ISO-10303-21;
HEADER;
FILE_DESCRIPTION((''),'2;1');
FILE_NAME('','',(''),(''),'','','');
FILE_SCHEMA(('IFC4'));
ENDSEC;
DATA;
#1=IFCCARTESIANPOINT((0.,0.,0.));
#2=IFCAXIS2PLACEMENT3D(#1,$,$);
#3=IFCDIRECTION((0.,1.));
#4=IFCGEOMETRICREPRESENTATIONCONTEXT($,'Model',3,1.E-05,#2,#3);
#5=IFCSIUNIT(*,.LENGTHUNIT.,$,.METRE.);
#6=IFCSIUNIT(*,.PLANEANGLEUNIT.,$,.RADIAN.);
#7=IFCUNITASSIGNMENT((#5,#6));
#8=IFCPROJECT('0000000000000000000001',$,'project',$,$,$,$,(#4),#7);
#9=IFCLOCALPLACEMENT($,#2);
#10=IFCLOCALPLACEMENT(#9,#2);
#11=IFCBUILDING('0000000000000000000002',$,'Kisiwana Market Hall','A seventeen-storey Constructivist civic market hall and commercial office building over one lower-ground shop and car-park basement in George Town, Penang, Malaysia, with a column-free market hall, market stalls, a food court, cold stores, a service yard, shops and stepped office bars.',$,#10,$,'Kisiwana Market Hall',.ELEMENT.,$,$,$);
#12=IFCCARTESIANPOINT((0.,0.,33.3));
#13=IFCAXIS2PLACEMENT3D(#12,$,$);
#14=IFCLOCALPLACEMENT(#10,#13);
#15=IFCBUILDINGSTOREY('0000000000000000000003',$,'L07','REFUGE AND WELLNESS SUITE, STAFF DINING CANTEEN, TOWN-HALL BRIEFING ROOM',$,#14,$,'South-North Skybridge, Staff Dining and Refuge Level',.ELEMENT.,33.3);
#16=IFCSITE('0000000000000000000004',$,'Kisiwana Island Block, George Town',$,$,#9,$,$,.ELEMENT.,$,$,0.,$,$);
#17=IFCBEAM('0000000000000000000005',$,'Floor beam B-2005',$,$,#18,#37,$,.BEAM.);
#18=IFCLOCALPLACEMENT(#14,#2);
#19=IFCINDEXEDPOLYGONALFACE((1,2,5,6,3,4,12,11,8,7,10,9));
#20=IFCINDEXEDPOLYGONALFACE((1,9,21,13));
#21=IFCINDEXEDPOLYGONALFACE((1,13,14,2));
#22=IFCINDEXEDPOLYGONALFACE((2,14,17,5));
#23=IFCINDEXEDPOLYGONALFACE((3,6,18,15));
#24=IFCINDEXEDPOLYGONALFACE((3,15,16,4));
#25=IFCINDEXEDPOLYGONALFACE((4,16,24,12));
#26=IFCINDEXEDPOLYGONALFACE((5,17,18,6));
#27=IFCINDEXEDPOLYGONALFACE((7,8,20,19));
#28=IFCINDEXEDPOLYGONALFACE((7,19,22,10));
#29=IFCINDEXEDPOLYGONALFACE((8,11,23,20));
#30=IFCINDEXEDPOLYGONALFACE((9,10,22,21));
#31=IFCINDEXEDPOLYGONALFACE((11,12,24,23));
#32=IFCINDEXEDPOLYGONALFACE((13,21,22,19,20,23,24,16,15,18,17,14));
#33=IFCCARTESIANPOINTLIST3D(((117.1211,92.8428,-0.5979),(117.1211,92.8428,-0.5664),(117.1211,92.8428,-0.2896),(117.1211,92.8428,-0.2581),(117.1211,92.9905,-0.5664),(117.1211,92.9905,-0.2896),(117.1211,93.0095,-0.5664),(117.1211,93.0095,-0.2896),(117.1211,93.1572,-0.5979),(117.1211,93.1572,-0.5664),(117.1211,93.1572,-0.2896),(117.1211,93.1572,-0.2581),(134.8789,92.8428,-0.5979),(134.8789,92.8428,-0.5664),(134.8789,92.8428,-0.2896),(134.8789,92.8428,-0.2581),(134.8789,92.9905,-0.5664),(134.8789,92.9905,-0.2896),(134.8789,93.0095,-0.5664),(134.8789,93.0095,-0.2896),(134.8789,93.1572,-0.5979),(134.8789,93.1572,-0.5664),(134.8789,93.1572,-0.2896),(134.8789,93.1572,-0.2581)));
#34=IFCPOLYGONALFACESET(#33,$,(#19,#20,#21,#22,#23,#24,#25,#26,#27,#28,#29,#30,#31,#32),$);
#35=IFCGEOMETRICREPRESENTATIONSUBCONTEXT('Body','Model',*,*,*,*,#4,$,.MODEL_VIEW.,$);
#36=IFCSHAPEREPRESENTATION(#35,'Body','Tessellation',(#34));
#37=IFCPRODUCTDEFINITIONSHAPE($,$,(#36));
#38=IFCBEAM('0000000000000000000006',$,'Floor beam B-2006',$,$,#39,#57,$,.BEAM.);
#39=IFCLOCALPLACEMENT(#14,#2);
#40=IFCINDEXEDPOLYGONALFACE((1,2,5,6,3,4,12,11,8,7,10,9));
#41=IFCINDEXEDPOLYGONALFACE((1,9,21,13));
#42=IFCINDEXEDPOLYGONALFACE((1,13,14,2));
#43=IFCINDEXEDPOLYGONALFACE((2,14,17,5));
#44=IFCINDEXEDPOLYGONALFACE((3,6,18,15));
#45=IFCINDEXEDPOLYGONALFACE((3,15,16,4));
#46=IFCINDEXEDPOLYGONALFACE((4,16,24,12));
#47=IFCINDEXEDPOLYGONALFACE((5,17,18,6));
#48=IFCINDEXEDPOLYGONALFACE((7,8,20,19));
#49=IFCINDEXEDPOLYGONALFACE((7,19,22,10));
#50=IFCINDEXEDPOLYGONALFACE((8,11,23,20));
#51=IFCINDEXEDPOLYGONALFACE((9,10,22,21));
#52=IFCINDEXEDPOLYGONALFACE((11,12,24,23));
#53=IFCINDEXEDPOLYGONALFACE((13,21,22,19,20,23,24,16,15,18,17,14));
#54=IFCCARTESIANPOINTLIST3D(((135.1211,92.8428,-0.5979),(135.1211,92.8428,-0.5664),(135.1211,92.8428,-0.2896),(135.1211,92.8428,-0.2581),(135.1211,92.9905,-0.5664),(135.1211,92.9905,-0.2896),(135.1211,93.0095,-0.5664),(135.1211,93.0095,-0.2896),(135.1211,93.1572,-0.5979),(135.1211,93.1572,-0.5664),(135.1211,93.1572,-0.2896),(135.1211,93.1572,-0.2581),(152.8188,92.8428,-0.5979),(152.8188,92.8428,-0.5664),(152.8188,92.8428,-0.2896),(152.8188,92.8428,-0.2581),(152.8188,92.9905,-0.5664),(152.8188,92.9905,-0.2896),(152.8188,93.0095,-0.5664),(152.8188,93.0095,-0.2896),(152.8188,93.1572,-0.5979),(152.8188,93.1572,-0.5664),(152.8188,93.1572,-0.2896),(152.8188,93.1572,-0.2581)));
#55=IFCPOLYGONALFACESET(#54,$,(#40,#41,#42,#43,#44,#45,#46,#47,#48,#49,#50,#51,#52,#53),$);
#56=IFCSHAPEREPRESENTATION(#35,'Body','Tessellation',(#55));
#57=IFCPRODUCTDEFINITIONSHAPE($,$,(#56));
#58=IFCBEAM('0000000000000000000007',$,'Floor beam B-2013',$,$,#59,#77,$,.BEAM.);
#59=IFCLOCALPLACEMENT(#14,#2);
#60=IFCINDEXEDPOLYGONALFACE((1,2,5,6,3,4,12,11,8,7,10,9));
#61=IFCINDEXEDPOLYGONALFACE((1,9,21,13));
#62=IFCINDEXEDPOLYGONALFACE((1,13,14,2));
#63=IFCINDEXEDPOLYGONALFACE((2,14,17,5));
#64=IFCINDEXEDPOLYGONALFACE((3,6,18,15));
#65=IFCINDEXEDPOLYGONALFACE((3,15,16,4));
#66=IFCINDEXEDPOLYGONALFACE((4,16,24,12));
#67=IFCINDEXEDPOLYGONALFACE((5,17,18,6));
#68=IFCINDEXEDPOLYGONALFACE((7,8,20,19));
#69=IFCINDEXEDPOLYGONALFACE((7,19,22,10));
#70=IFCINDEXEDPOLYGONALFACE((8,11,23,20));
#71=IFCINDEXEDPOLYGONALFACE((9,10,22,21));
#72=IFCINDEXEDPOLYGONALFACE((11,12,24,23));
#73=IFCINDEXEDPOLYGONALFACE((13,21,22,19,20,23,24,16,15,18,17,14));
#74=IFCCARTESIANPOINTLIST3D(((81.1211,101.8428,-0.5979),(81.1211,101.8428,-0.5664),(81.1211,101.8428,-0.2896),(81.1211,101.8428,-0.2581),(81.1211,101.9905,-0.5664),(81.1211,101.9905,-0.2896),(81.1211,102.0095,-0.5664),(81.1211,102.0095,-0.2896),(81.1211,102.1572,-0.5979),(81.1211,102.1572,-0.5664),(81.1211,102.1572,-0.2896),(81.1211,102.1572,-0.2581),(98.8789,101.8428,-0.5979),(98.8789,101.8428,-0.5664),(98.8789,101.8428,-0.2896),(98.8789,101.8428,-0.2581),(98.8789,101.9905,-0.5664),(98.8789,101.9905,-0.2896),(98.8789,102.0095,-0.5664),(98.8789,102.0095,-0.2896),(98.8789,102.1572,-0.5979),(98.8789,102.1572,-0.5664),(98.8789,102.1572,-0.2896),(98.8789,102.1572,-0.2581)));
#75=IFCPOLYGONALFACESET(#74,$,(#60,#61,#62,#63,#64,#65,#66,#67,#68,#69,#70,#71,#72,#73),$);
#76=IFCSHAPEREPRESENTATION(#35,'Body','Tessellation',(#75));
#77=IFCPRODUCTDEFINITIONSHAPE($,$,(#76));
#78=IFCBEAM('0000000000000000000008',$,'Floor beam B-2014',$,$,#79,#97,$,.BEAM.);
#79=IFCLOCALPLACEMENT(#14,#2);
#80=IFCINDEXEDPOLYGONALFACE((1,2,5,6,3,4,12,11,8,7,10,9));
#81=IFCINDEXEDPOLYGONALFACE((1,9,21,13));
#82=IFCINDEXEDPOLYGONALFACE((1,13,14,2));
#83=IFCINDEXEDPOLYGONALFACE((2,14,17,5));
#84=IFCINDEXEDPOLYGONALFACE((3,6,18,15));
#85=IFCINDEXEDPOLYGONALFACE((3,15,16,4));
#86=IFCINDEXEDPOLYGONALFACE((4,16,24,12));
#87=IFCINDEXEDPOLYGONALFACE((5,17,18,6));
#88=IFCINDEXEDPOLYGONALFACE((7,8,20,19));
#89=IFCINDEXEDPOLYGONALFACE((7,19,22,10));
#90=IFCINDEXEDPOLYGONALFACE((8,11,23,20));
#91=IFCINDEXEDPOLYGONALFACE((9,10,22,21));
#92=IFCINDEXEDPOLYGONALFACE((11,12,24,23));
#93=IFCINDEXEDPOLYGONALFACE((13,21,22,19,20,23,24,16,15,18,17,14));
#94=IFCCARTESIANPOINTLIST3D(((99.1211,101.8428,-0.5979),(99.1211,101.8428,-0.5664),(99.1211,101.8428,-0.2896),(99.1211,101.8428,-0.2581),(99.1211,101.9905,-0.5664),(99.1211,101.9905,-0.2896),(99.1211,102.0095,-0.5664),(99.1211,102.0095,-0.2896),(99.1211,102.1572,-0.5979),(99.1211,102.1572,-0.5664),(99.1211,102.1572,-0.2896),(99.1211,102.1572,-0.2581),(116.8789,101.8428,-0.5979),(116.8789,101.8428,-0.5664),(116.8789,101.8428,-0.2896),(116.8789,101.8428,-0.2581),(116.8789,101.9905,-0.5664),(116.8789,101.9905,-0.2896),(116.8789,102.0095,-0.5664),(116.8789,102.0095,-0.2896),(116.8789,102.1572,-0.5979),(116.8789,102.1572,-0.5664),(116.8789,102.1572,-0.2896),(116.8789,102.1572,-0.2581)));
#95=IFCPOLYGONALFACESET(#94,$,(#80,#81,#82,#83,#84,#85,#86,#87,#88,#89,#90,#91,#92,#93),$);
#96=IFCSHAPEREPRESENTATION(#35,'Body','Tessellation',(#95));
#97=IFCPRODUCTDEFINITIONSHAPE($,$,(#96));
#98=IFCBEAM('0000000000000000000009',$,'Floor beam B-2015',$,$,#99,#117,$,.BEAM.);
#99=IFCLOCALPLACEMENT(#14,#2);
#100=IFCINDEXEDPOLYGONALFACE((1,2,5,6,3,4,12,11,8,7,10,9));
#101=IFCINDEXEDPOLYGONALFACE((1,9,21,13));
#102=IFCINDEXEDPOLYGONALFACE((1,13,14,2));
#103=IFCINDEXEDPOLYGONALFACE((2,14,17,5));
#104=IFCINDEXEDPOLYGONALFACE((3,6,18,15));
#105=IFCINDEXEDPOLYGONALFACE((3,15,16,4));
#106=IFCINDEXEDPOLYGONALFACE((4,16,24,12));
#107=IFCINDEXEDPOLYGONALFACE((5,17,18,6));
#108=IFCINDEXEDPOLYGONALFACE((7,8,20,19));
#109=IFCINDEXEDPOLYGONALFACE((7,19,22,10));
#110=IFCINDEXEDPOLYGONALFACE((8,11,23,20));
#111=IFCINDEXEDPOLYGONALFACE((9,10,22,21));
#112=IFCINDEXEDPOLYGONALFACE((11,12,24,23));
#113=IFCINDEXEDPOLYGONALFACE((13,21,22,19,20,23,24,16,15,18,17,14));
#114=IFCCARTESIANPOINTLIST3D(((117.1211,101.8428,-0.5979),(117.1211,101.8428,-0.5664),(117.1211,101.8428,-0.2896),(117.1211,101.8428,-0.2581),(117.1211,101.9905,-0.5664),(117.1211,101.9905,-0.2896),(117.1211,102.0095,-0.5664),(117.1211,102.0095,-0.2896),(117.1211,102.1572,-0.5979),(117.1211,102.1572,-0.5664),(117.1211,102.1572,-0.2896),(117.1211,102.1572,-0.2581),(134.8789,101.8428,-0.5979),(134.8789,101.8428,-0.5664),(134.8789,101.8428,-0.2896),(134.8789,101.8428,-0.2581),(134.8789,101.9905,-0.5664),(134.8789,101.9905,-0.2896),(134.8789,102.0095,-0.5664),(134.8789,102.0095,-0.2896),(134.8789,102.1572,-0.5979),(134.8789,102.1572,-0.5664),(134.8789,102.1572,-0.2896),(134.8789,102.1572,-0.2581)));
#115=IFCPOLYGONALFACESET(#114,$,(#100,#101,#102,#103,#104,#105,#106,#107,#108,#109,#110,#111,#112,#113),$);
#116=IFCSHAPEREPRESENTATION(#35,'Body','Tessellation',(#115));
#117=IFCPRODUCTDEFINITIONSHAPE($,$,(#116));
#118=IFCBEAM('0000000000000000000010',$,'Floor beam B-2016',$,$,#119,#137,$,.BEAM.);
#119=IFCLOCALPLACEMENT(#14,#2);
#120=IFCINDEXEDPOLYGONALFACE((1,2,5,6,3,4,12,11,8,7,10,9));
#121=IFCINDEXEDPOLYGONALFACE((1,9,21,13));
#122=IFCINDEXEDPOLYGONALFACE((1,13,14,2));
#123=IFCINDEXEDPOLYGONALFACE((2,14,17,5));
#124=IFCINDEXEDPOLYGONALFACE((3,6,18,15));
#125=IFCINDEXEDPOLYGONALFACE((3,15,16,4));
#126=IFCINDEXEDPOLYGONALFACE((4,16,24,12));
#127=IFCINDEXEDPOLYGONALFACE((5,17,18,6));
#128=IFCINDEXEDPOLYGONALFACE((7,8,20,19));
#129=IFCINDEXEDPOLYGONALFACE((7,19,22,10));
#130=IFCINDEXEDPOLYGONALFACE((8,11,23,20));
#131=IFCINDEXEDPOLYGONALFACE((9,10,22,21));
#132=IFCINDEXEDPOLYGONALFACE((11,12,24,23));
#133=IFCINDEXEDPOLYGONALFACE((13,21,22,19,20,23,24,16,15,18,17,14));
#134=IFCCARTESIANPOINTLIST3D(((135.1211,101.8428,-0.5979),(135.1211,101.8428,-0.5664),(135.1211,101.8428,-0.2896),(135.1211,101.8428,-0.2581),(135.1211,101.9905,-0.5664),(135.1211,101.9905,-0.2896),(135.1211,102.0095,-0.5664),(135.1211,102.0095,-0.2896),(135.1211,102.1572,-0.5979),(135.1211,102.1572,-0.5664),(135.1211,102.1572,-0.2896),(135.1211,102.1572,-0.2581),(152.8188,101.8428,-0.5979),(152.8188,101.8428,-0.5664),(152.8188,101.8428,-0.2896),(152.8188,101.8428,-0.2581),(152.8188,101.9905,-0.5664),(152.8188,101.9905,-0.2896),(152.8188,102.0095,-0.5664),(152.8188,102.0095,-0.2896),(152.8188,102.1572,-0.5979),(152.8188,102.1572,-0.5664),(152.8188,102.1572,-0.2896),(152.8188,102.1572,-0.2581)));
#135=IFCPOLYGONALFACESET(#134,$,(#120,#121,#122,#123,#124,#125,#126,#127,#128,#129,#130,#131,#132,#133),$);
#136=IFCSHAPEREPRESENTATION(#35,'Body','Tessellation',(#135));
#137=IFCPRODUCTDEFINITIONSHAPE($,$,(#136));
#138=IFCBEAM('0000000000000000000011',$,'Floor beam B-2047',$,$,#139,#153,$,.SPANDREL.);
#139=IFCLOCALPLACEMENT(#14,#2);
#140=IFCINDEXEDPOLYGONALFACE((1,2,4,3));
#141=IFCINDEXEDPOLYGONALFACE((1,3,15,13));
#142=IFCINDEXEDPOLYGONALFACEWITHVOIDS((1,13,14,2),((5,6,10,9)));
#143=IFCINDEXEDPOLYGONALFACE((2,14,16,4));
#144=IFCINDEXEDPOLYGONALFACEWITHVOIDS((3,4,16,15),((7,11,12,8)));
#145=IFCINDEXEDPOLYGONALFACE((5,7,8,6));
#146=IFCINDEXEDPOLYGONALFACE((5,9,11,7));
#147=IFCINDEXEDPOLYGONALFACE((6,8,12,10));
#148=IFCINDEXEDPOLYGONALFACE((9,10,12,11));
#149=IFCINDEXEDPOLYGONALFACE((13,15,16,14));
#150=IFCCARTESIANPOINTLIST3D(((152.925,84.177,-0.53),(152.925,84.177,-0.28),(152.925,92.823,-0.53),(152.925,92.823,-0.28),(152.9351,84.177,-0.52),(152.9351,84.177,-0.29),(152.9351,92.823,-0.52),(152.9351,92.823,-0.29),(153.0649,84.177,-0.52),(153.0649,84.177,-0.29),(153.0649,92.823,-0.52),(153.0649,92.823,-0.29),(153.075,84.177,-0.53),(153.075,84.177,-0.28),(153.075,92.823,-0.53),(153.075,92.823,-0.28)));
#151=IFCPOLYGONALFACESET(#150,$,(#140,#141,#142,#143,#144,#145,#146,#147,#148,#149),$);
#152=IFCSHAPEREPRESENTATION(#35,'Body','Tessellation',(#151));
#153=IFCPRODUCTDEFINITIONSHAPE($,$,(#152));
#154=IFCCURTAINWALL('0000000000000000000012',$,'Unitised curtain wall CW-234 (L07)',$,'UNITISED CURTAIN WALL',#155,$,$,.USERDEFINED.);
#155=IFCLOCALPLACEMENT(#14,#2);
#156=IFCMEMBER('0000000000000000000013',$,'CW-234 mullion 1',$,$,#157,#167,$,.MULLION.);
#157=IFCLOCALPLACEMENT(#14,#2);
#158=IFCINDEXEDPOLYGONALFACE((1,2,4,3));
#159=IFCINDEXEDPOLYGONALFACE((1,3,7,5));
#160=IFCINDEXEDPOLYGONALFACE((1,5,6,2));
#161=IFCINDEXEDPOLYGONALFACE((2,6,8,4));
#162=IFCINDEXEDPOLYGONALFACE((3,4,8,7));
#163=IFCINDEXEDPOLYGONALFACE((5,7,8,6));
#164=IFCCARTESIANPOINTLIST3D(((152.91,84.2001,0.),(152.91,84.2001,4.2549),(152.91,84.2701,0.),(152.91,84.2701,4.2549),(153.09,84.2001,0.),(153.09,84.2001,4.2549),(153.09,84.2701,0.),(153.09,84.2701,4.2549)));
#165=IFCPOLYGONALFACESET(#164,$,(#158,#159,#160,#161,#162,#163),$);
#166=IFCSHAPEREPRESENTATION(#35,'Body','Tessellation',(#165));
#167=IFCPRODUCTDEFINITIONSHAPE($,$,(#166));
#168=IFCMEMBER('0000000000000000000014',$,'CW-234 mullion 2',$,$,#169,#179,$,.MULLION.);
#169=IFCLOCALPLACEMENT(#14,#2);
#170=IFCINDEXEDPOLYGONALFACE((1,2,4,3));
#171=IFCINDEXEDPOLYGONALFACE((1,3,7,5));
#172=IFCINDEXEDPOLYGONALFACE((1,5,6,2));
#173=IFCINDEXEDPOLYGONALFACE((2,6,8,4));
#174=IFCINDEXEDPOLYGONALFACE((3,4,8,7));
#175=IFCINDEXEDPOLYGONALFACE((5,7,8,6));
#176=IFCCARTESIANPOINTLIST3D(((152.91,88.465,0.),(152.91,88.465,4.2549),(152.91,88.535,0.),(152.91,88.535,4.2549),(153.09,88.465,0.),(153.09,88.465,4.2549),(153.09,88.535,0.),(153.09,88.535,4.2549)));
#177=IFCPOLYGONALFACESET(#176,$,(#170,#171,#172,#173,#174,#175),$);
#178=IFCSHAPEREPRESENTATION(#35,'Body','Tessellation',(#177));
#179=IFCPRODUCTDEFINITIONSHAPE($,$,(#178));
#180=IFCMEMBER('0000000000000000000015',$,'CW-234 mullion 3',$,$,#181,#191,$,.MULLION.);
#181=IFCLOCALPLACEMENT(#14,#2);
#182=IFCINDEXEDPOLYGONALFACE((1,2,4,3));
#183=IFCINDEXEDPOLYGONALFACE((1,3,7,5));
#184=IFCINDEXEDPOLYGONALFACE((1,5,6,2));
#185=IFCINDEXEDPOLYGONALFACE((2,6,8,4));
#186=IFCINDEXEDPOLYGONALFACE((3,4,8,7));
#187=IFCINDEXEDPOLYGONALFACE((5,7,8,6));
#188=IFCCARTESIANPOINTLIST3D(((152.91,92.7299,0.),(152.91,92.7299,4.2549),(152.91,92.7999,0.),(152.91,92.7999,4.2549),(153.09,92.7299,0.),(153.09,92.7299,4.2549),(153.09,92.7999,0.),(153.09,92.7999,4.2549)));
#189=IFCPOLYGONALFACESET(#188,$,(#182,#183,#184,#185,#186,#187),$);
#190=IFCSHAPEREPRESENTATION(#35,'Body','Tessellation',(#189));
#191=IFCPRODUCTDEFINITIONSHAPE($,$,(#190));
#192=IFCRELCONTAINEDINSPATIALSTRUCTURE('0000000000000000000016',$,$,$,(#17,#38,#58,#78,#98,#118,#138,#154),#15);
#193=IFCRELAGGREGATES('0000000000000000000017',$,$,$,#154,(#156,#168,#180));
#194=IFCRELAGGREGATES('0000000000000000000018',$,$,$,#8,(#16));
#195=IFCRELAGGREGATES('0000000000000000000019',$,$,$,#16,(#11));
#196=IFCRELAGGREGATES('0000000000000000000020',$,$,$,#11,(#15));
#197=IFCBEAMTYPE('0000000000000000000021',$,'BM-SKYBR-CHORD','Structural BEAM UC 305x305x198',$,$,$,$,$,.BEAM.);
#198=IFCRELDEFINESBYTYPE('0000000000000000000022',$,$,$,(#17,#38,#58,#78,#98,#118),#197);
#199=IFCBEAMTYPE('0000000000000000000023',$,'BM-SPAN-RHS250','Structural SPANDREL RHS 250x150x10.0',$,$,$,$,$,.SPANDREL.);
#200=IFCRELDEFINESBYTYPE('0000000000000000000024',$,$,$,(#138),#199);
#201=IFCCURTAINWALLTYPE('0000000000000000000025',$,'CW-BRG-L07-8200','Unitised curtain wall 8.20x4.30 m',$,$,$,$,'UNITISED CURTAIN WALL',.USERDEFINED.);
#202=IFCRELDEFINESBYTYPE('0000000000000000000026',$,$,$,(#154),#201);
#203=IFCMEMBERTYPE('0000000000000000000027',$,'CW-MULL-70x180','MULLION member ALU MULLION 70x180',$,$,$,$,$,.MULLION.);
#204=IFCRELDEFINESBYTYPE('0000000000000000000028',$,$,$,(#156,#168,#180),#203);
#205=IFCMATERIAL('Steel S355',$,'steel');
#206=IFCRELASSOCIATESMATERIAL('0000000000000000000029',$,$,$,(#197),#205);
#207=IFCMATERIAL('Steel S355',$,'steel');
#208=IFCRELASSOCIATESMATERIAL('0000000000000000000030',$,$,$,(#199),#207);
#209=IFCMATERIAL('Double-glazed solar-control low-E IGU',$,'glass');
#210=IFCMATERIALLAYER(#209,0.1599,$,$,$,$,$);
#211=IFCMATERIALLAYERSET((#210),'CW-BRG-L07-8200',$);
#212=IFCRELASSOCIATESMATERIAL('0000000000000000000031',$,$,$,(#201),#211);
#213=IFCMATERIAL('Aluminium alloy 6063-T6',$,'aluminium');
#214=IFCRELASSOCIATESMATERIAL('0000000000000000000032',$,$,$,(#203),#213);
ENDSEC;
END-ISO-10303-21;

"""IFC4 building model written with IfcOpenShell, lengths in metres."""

from ifc_helpers import new_model, si_unit, direction, frame, origin, origin_2d, place, context, subcontext, project, spatial, rectangle, hollow_rectangle, i_section, extrude, material, layer, layer_set, material_profile, profile_set, type_object, element, aggregate, save


model = new_model("IFC4")

# Units and contexts
model_context = context("Model", 3, precision=1e-05, world=origin(), true_north=direction((0.0, 1.0)))
body_context = subcontext(model_context, "Body", "Model", "MODEL_VIEW")
ifc_project = project(units=[si_unit("LENGTHUNIT", "METRE"), si_unit("PLANEANGLEUNIT", "RADIAN")], contexts=[model_context])

# Site, building, storey
site_placement = place(None, origin())
site = spatial("IfcSite", under=ifc_project, at=site_placement, Name="Kisiwana Island Block, George Town", CompositionType="ELEMENT", RefElevation=0.0)
building_placement = place(site_placement, origin())
building = spatial("IfcBuilding", under=site, at=building_placement, Name="Kisiwana Market Hall", Description="A seventeen-storey Constructivist civic market hall and commercial office building over one lower-ground shop and car-park basement in George Town, Penang, Malaysia, with a column-free market hall, market stalls, a food court, cold stores, a service yard, shops and stepped office bars.", LongName="Kisiwana Market Hall", CompositionType="ELEMENT")
storey_placement = place(building_placement, frame((0.0, 0.0, 33.3)))
storey = spatial("IfcBuildingStorey", under=building, at=storey_placement, Name="L07", Description="REFUGE AND WELLNESS SUITE, STAFF DINING CANTEEN, TOWN-HALL BRIEFING ROOM", LongName="South-North Skybridge, Staff Dining and Refuge Level", CompositionType="ELEMENT", Elevation=33.3)

# Beams
ifc_material_1 = material(Name="Steel S355", Category="steel")
ifc_material_profile_1 = material_profile(ifc_material_1, i_section(OverallWidth=0.3145, OverallDepth=0.3398, WebThickness=0.019, FlangeThickness=0.0315, at=origin_2d()), Name="UC 305x305x198")
ifc_profile_set_1 = profile_set([ifc_material_profile_1], Name="Steel S355")
beam_type_1 = type_object("IfcBeamType", Name="BM-SKYBR-CHORD", Description="Structural BEAM UC 305x305x198", PredefinedType="BEAM", material=ifc_profile_set_1)
for number, where, z_axis, x_axis, name in (
    (1, (117.1211, 93.0, -0.428), (1.0, 0.0, 0.0), (0.0, 1.0, 0.0), "Floor beam B-2005"),
):
    element("IfcBeam", number, at=place(storey_placement, frame(where, z_axis=z_axis, x_axis=x_axis)), inside=storey, type_object=beam_type_1, Name=name, PredefinedType="BEAM", context=body_context, shape_type="SweptSolid", body=[
        extrude(i_section(OverallWidth=0.3145, OverallDepth=0.3398, WebThickness=0.019, FlangeThickness=0.0315, at=origin_2d()), origin(), (0.0, 0.0, 1.0), 17.7578),
    ])
beam_1_placement = place(storey_placement, frame((135.1211, 93.0, -0.428), z_axis=(1.0, 0.0, 0.0), x_axis=(0.0, 1.0, 0.0)))
element("IfcBeam", 2, at=beam_1_placement, inside=storey, type_object=beam_type_1, Name="Floor beam B-2006", PredefinedType="BEAM", context=body_context, shape_type="SweptSolid", body=[
    extrude(i_section(OverallWidth=0.3145, OverallDepth=0.3398, WebThickness=0.019, FlangeThickness=0.0315, at=origin_2d()), origin(), (0.0, 0.0, 1.0), 17.6978),
])
for number, where, z_axis, x_axis, name in (
    (3, (81.1211, 102.0, -0.428), (1.0, 0.0, 0.0), (0.0, 1.0, 0.0), "Floor beam B-2013"),
    (4, (99.1211, 102.0, -0.428), (1.0, 0.0, 0.0), (0.0, 1.0, 0.0), "Floor beam B-2014"),
    (5, (117.1211, 102.0, -0.428), (1.0, 0.0, 0.0), (0.0, 1.0, 0.0), "Floor beam B-2015"),
):
    element("IfcBeam", number, at=place(storey_placement, frame(where, z_axis=z_axis, x_axis=x_axis)), inside=storey, type_object=beam_type_1, Name=name, PredefinedType="BEAM", context=body_context, shape_type="SweptSolid", body=[
        extrude(i_section(OverallWidth=0.3145, OverallDepth=0.3398, WebThickness=0.019, FlangeThickness=0.0315, at=origin_2d()), origin(), (0.0, 0.0, 1.0), 17.7578),
    ])
beam_2_placement = place(storey_placement, frame((135.1211, 102.0, -0.428), z_axis=(1.0, 0.0, 0.0), x_axis=(0.0, 1.0, 0.0)))
element("IfcBeam", 6, at=beam_2_placement, inside=storey, type_object=beam_type_1, Name="Floor beam B-2016", PredefinedType="BEAM", context=body_context, shape_type="SweptSolid", body=[
    extrude(i_section(OverallWidth=0.3145, OverallDepth=0.3398, WebThickness=0.019, FlangeThickness=0.0315, at=origin_2d()), origin(), (0.0, 0.0, 1.0), 17.6978),
])
ifc_material_2 = material(Name="Steel S355", Category="steel")
ifc_material_profile_2 = material_profile(ifc_material_2, hollow_rectangle(XDim=0.1499, YDim=0.25, WallThickness=0.01, at=origin_2d()), Name="RHS 250x150x10.0")
ifc_profile_set_2 = profile_set([ifc_material_profile_2], Name="Steel S355")
beam_type_2 = type_object("IfcBeamType", Name="BM-SPAN-RHS250", Description="Structural SPANDREL RHS 250x150x10.0", PredefinedType="SPANDREL", material=ifc_profile_set_2)
beam_3_placement = place(storey_placement, frame((153.0, 84.177, -0.405), z_axis=(0.0, 1.0, 0.0), x_axis=(-1.0, 0.0, 0.0)))
element("IfcBeam", 7, at=beam_3_placement, inside=storey, type_object=beam_type_2, Name="Floor beam B-2047", PredefinedType="SPANDREL", context=body_context, shape_type="SweptSolid", body=[
    extrude(hollow_rectangle(XDim=0.1499, YDim=0.25, WallThickness=0.01, at=origin_2d()), origin(), (0.0, 0.0, 1.0), 8.646),
])

# Curtain wall, members
ifc_material_3 = material(Name="Double-glazed solar-control low-E IGU", Category="glass")
ifc_layer_1 = layer(ifc_material_3, 0.1599)
ifc_layer_set_1 = layer_set([ifc_layer_1], Name="CW-BRG-L07-8200")
curtain_wall_type = type_object("IfcCurtainWallType", Name="CW-BRG-L07-8200", Description="Unitised curtain wall 8.20x4.30 m", ElementType="UNITISED CURTAIN WALL", PredefinedType="USERDEFINED", material=ifc_layer_set_1)
curtain_wall_placement = place(storey_placement, origin())
curtain_wall = element("IfcCurtainWall", 8, at=curtain_wall_placement, inside=storey, type_object=curtain_wall_type, Name="Unitised curtain wall CW-234 (L07)", ObjectType="UNITISED CURTAIN WALL", PredefinedType="USERDEFINED")
ifc_material_4 = material(Name="Aluminium alloy 6063-T6", Category="aluminium")
ifc_material_profile_3 = material_profile(ifc_material_4, rectangle(XDim=0.0701, YDim=0.1799, at=origin_2d()), Name="ALU MULLION 70x180")
ifc_profile_set_3 = profile_set([ifc_material_profile_3], Name="Aluminium alloy 6063-T6")
member_type_1 = type_object("IfcMemberType", Name="CW-MULL-70x180", Description="MULLION member ALU MULLION 70x180", PredefinedType="MULLION", material=ifc_profile_set_3)
member_1_placement = place(storey_placement, frame((153.0, 84.2351, 0.0), z_axis=(0.0, 0.0, 1.0), x_axis=(0.0, 1.0, 0.0)))
member_1 = element("IfcMember", 9, at=member_1_placement, type_object=member_type_1, Name="CW-234 mullion 1", PredefinedType="MULLION", context=body_context, shape_type="SweptSolid", body=[
    extrude(rectangle(XDim=0.0701, YDim=0.1799, at=origin_2d()), origin(), (0.0, 0.0, 1.0), 4.2549),
])
member_2_placement = place(storey_placement, frame((153.0, 88.5, 0.0), z_axis=(0.0, 0.0, 1.0), x_axis=(0.0, 1.0, 0.0)))
member_2 = element("IfcMember", 10, at=member_2_placement, type_object=member_type_1, Name="CW-234 mullion 2", PredefinedType="MULLION", context=body_context, shape_type="SweptSolid", body=[
    extrude(rectangle(XDim=0.0701, YDim=0.1799, at=origin_2d()), origin(), (0.0, 0.0, 1.0), 4.2549),
])
member_3_placement = place(storey_placement, frame((153.0, 92.7649, 0.0), z_axis=(0.0, 0.0, 1.0), x_axis=(0.0, 1.0, 0.0)))
member_3 = element("IfcMember", 11, at=member_3_placement, type_object=member_type_1, Name="CW-234 mullion 3", PredefinedType="MULLION", context=body_context, shape_type="SweptSolid", body=[
    extrude(rectangle(XDim=0.0701, YDim=0.1799, at=origin_2d()), origin(), (0.0, 0.0, 1.0), 4.2549),
])
aggregate(curtain_wall, [member_1, member_2, member_3])

save(model, "model.ifc")
